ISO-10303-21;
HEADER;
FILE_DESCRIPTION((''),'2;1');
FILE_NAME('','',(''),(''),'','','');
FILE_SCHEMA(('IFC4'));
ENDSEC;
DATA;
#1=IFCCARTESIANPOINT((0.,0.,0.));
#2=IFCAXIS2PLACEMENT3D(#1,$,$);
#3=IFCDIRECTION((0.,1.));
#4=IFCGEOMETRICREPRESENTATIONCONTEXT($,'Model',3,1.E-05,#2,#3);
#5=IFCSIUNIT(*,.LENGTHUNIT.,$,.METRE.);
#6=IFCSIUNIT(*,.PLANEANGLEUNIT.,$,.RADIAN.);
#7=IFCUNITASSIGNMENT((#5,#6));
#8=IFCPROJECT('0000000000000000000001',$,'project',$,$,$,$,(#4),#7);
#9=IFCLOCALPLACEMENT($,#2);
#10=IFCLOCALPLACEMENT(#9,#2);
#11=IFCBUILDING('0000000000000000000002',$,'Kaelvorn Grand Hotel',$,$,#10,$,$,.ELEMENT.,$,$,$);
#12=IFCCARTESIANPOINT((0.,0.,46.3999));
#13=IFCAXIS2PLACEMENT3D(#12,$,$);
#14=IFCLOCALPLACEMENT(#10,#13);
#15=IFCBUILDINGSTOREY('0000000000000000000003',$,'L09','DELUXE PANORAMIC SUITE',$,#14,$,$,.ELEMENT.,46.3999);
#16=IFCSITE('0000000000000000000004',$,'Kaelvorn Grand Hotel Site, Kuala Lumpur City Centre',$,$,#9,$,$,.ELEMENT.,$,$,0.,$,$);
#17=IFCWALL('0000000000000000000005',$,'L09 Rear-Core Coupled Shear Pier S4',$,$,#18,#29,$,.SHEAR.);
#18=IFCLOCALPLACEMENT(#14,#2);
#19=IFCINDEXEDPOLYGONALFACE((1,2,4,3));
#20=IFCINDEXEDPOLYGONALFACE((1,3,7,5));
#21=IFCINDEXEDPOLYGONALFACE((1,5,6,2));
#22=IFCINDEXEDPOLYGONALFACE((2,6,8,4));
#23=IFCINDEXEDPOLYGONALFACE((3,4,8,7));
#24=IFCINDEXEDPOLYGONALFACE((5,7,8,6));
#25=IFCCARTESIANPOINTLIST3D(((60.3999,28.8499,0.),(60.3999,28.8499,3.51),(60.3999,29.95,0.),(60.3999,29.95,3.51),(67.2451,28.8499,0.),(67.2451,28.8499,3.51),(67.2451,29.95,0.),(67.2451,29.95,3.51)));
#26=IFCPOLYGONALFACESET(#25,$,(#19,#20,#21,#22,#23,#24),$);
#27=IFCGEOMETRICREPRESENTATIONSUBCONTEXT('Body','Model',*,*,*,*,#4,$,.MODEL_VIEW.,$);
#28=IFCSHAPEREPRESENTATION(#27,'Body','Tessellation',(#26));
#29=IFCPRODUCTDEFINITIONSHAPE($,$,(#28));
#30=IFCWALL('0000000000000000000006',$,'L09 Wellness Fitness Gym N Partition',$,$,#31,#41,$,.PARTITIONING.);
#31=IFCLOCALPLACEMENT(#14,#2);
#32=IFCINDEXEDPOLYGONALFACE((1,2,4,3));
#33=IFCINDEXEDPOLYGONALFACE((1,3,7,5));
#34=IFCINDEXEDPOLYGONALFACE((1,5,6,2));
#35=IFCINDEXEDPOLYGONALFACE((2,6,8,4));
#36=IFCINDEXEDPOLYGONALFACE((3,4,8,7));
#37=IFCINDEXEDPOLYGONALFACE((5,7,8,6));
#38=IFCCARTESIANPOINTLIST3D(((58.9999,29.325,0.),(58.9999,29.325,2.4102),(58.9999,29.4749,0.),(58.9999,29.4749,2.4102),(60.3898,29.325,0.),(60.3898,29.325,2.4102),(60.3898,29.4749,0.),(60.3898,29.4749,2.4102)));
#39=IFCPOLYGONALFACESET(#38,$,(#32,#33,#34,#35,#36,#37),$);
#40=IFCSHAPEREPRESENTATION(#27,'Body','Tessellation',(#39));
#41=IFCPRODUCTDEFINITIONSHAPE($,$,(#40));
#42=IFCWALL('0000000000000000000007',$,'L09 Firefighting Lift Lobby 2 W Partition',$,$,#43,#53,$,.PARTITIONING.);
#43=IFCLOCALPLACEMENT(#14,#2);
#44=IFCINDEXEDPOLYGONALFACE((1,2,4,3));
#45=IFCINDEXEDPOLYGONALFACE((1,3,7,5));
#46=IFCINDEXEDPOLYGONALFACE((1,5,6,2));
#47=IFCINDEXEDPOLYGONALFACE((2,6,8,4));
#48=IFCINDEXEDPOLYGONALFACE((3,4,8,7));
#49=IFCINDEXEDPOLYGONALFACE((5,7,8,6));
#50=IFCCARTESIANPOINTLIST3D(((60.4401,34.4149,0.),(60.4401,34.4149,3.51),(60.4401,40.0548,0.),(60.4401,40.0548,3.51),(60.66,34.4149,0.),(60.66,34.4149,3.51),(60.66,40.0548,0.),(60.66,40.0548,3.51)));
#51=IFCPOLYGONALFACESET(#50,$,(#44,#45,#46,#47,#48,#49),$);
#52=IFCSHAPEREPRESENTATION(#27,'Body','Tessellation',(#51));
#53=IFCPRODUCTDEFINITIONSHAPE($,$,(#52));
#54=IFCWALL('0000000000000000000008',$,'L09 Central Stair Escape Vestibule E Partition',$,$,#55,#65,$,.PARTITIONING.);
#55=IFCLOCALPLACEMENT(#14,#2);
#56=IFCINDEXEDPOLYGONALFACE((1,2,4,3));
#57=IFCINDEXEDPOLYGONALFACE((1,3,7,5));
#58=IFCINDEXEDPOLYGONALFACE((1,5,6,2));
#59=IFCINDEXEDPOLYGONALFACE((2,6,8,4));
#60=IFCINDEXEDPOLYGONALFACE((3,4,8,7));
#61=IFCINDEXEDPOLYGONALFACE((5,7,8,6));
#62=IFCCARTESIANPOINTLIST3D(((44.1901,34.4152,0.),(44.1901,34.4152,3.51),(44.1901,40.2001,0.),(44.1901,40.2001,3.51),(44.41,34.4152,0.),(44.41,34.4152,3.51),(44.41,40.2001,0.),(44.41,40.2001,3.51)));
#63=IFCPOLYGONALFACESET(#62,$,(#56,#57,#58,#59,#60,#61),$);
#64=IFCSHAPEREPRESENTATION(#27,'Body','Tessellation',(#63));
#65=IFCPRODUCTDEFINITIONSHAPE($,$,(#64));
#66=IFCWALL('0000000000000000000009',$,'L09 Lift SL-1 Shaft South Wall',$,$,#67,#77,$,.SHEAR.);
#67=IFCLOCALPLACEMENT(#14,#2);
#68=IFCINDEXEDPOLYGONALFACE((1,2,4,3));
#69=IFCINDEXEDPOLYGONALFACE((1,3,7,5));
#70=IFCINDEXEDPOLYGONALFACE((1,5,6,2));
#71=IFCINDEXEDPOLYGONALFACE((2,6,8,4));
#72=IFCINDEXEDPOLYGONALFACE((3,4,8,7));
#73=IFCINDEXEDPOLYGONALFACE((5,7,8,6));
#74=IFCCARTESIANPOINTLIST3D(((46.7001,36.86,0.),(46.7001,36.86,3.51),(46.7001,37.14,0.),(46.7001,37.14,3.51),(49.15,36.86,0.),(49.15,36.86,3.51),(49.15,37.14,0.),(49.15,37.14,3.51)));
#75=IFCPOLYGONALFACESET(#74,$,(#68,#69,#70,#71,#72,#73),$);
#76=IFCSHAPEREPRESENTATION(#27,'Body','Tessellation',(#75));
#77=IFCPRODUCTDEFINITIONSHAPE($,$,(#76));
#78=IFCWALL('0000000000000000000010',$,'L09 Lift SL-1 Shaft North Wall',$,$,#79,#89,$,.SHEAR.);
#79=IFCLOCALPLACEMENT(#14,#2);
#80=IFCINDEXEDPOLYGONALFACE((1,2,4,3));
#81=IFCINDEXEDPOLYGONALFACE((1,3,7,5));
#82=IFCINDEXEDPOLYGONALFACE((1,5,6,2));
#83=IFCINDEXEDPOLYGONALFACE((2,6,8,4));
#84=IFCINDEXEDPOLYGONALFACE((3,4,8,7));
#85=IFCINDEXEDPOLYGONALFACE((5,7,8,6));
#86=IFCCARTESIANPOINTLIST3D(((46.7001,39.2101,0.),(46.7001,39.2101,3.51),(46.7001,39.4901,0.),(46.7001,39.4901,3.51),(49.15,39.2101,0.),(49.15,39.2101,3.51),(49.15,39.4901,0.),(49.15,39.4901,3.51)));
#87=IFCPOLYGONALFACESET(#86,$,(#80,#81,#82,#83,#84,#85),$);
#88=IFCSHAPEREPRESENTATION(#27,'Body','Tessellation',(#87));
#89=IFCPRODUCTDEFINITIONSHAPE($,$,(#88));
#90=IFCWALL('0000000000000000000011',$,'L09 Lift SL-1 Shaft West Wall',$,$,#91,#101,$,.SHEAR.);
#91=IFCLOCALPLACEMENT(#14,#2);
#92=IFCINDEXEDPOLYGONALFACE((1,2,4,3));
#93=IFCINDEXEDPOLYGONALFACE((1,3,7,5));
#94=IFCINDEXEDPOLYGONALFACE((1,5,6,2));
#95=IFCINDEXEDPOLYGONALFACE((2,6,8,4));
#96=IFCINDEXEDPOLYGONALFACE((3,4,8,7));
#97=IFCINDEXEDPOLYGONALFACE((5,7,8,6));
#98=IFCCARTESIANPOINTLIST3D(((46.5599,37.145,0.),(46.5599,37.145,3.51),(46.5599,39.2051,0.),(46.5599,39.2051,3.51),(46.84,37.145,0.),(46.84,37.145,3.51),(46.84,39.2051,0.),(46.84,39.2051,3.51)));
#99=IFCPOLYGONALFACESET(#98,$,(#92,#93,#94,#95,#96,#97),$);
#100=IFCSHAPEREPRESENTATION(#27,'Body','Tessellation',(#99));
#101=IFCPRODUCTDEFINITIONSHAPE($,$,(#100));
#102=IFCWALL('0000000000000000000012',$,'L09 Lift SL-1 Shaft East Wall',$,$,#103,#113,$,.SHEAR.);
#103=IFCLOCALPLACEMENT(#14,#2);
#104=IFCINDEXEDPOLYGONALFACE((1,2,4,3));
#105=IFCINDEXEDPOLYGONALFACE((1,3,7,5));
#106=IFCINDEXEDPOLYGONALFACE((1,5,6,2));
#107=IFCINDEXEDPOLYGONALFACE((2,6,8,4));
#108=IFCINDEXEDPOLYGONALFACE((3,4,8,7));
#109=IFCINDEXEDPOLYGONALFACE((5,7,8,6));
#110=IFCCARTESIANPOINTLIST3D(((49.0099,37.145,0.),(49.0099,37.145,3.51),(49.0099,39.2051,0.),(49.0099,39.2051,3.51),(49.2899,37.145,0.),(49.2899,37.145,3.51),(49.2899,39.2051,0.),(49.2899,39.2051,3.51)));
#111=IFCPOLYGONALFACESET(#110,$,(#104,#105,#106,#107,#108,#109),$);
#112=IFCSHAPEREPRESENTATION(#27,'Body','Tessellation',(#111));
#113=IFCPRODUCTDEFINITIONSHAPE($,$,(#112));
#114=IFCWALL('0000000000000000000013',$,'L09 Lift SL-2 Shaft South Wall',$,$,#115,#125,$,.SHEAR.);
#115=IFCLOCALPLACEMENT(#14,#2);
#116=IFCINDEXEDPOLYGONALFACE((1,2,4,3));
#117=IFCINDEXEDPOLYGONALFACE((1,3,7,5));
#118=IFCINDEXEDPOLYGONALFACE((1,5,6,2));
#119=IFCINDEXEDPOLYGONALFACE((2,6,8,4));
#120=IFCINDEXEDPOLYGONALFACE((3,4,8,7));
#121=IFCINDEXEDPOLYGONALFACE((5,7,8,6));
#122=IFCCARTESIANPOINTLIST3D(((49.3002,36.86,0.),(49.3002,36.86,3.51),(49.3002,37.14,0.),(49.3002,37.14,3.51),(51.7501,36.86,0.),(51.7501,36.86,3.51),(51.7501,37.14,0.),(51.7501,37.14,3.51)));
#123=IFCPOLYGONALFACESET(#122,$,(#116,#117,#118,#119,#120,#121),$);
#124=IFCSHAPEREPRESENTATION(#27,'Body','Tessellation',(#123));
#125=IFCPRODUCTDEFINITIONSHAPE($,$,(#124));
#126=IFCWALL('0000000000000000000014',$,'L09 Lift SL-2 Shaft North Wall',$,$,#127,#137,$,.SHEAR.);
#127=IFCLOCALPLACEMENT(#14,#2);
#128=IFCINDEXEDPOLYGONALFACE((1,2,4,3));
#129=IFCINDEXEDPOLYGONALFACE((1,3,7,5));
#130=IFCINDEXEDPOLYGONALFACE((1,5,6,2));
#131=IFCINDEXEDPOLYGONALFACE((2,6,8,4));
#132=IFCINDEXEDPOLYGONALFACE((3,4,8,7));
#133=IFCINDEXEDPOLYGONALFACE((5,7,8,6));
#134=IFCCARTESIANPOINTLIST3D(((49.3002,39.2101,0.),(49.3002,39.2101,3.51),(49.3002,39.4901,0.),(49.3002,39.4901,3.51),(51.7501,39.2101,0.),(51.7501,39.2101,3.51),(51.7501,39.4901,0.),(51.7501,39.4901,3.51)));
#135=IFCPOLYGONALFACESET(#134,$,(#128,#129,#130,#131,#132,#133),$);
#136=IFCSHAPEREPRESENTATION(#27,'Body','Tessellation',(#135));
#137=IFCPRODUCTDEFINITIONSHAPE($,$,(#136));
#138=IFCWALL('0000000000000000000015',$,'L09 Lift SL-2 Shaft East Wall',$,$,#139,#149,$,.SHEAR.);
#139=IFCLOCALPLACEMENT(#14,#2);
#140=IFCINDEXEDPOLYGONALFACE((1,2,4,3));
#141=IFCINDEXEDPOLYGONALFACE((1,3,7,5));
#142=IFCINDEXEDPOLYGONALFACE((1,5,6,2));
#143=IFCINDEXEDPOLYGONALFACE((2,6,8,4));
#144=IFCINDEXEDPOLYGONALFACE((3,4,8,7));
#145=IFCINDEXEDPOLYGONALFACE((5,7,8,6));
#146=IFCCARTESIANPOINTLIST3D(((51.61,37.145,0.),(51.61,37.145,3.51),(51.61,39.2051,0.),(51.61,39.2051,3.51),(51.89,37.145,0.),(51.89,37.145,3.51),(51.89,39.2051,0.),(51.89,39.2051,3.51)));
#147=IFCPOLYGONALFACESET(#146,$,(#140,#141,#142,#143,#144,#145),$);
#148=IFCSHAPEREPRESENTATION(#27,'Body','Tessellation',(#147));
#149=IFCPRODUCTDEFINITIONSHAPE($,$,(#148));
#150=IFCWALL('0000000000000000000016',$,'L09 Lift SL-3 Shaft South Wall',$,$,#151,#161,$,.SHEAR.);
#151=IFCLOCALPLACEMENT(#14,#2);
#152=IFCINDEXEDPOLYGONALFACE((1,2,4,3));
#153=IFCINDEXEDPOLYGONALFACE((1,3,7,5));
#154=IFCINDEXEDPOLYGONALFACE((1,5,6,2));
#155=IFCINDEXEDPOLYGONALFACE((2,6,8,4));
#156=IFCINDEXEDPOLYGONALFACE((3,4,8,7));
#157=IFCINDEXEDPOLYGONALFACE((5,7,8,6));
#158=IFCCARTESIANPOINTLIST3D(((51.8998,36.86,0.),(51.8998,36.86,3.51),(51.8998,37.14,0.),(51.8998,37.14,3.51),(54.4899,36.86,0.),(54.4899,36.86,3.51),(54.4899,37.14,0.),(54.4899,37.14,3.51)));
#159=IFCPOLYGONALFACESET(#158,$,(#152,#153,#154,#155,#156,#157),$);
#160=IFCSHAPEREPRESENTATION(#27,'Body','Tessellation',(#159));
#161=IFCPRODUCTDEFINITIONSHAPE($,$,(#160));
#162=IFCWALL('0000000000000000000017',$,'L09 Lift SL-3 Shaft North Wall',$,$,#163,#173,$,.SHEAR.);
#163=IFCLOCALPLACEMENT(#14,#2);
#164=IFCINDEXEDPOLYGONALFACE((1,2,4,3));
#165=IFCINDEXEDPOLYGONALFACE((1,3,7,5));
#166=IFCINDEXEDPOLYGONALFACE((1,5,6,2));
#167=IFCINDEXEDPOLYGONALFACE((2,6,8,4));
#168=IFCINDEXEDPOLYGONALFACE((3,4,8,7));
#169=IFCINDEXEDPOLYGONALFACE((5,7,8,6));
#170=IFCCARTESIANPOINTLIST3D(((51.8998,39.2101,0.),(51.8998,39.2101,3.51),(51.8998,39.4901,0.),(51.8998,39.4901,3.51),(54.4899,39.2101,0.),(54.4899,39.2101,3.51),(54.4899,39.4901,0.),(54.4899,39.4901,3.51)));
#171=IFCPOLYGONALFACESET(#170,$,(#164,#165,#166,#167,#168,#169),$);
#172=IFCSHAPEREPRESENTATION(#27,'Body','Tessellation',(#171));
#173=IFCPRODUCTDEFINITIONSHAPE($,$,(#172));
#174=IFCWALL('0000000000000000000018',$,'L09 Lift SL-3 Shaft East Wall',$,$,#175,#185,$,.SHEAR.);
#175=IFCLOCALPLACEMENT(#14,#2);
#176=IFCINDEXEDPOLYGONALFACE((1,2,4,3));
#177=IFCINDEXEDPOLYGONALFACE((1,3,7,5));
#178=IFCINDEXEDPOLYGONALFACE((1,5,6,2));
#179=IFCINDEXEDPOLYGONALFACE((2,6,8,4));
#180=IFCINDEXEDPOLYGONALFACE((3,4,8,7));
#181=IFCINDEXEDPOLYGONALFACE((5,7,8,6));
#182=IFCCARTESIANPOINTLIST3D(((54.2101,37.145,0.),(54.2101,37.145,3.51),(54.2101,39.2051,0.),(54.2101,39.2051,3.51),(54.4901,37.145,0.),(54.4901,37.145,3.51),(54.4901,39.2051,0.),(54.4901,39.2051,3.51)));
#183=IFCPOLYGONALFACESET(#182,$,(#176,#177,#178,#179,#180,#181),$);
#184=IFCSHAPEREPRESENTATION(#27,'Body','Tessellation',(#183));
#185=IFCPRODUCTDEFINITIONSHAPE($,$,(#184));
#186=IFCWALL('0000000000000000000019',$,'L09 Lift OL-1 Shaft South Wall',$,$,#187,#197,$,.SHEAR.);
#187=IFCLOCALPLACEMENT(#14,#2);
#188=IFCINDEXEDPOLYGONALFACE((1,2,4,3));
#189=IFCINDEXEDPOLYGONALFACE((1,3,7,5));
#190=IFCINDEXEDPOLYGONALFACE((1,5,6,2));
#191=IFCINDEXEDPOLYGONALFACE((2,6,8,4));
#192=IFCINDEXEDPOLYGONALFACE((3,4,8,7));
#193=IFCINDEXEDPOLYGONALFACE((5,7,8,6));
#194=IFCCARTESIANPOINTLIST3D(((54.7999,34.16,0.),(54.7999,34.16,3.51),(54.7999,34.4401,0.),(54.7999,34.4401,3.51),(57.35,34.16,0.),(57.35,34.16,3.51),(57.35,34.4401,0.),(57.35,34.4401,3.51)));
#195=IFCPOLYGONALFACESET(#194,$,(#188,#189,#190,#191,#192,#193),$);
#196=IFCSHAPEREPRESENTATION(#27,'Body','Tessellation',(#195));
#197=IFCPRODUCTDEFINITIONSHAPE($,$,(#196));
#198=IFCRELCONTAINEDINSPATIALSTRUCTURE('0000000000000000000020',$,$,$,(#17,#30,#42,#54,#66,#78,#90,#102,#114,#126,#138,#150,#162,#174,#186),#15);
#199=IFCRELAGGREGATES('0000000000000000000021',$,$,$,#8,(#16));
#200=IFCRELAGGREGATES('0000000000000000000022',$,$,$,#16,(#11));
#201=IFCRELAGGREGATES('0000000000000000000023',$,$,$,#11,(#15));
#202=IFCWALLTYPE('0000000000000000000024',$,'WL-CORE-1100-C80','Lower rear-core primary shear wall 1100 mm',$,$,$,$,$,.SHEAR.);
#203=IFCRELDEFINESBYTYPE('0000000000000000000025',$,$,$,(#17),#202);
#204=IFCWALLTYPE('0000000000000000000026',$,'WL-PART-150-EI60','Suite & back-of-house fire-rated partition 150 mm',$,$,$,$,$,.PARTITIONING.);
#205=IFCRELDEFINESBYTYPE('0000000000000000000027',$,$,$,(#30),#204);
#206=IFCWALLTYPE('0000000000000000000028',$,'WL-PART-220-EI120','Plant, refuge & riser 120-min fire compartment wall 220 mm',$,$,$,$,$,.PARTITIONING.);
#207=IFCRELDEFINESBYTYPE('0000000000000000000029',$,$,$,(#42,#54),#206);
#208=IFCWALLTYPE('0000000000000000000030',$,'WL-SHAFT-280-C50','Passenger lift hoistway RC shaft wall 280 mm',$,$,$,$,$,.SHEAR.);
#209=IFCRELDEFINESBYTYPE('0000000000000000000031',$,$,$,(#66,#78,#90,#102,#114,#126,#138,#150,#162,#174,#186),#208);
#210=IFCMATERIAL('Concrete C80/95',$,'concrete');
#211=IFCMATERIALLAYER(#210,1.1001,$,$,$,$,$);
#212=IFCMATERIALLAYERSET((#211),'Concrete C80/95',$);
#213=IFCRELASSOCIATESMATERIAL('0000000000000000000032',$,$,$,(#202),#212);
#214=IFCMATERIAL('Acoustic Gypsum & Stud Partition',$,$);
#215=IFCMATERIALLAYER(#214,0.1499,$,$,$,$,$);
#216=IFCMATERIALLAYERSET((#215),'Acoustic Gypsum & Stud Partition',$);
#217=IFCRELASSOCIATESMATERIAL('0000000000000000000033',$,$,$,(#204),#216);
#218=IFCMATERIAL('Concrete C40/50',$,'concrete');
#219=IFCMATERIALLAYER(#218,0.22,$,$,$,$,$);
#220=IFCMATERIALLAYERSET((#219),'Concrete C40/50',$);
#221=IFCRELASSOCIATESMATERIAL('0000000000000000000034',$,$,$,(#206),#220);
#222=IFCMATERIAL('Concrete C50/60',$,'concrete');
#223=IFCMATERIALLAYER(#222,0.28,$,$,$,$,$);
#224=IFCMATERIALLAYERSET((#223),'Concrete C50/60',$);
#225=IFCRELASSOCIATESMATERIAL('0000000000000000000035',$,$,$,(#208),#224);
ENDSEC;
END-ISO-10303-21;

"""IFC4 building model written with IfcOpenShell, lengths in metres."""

from ifc_helpers import new_model, si_unit, direction, frame, frame_2d, origin, place, context, subcontext, project, spatial, rectangle, extrude, material, layer, layer_set, type_object, element, save


model = new_model("IFC4")

# Units and contexts
model_context = context("Model", 3, precision=1e-05, world=origin(), true_north=direction((0.0, 1.0)))
body_context = subcontext(model_context, "Body", "Model", "MODEL_VIEW")
ifc_project = project(units=[si_unit("LENGTHUNIT", "METRE"), si_unit("PLANEANGLEUNIT", "RADIAN")], contexts=[model_context])

# Site, building, storey
site_placement = place(None, origin())
site = spatial("IfcSite", under=ifc_project, at=site_placement, Name="Kaelvorn Grand Hotel Site, Kuala Lumpur City Centre", CompositionType="ELEMENT", RefElevation=0.0)
building_placement = place(site_placement, origin())
building = spatial("IfcBuilding", under=site, at=building_placement, Name="Kaelvorn Grand Hotel", CompositionType="ELEMENT")
storey_placement = place(building_placement, frame((0.0, 0.0, 46.3999)))
storey = spatial("IfcBuildingStorey", under=building, at=storey_placement, Name="L09", Description="DELUXE PANORAMIC SUITE", CompositionType="ELEMENT", Elevation=46.3999)

# Walls
ifc_material_1 = material(Name="Concrete C80/95", Category="concrete")
ifc_layer_1 = layer(ifc_material_1, 1.1001)
ifc_layer_set_1 = layer_set([ifc_layer_1], Name="Concrete C80/95")
wall_type_1 = type_object("IfcWallType", Name="WL-CORE-1100-C80", Description="Lower rear-core primary shear wall 1100 mm", PredefinedType="SHEAR", material=ifc_layer_set_1)
wall_1_placement = place(storey_placement, frame((60.3999, 29.3999, 0.0), z_axis=(0.0, 0.0, 1.0), x_axis=(1.0, 0.0, 0.0)))
element("IfcWall", 1, at=wall_1_placement, inside=storey, type_object=wall_type_1, Name="L09 Rear-Core Coupled Shear Pier S4", PredefinedType="SHEAR", context=body_context, shape_type="SweptSolid", body=[
    extrude(rectangle(XDim=6.8452, YDim=1.1001, at=frame_2d((3.4226, 0.0))), origin(), (0.0, 0.0, 1.0), 3.51),
])
ifc_material_2 = material(Name="Acoustic Gypsum & Stud Partition")
ifc_layer_2 = layer(ifc_material_2, 0.1499)
ifc_layer_set_2 = layer_set([ifc_layer_2], Name="Acoustic Gypsum & Stud Partition")
wall_type_2 = type_object("IfcWallType", Name="WL-PART-150-EI60", Description="Suite & back-of-house fire-rated partition 150 mm", PredefinedType="PARTITIONING", material=ifc_layer_set_2)
wall_2_placement = place(storey_placement, frame((59.0, 29.3999, 0.0), z_axis=(0.0, 0.0, 1.0), x_axis=(1.0, 0.0, 0.0)))
element("IfcWall", 2, at=wall_2_placement, inside=storey, type_object=wall_type_2, Name="L09 Wellness Fitness Gym N Partition", PredefinedType="PARTITIONING", context=body_context, shape_type="SweptSolid", body=[
    extrude(rectangle(XDim=1.3899, YDim=0.1499, at=frame_2d((0.6948, 0.0))), origin(), (0.0, 0.0, 1.0), 2.4102),
])

# Shared definitions
ifc_material_3 = material(Name="Concrete C40/50", Category="concrete")
ifc_layer_3 = layer(ifc_material_3, 0.22)
ifc_layer_set_3 = layer_set([ifc_layer_3], Name="Concrete C40/50")
wall_type_3 = type_object("IfcWallType", Name="WL-PART-220-EI120", Description="Plant, refuge & riser 120-min fire compartment wall 220 mm", PredefinedType="PARTITIONING", material=ifc_layer_set_3)

# Walls
wall_3_placement = place(storey_placement, frame((60.55, 34.415, 0.0), z_axis=(0.0, 0.0, 1.0), x_axis=(0.0, 1.0, 0.0)))
element("IfcWall", 3, at=wall_3_placement, inside=storey, type_object=wall_type_3, Name="L09 Firefighting Lift Lobby 2 W Partition", PredefinedType="PARTITIONING", context=body_context, shape_type="SweptSolid", body=[
    extrude(rectangle(XDim=5.6399, YDim=0.22, at=frame_2d((2.8198, 0.0))), origin(), (0.0, 0.0, 1.0), 3.51),
])
wall_4_placement = place(storey_placement, frame((44.3, 34.415, 0.0), z_axis=(0.0, 0.0, 1.0), x_axis=(0.0, 1.0, 0.0)))
element("IfcWall", 4, at=wall_4_placement, inside=storey, type_object=wall_type_3, Name="L09 Central Stair Escape Vestibule E Partition", PredefinedType="PARTITIONING", context=body_context, shape_type="SweptSolid", body=[
    extrude(rectangle(XDim=5.7849, YDim=0.22, at=frame_2d((2.8926, 0.0))), origin(), (0.0, 0.0, 1.0), 3.51),
])
ifc_material_4 = material(Name="Concrete C50/60", Category="concrete")
ifc_layer_4 = layer(ifc_material_4, 0.28)
ifc_layer_set_4 = layer_set([ifc_layer_4], Name="Concrete C50/60")
wall_type_4 = type_object("IfcWallType", Name="WL-SHAFT-280-C50", Description="Passenger lift hoistway RC shaft wall 280 mm", PredefinedType="SHEAR", material=ifc_layer_set_4)
for number, where, z_axis, x_axis, name in (
    (5, (46.7, 37.0, 0.0), (0.0, 0.0, 1.0), (1.0, 0.0, 0.0), "L09 Lift SL-1 Shaft South Wall"),
    (6, (46.7, 39.3501, 0.0), (0.0, 0.0, 1.0), (1.0, 0.0, 0.0), "L09 Lift SL-1 Shaft North Wall"),
):
    element("IfcWall", number, at=place(storey_placement, frame(where, z_axis=z_axis, x_axis=x_axis)), inside=storey, type_object=wall_type_4, Name=name, PredefinedType="SHEAR", context=body_context, shape_type="SweptSolid", body=[
        extrude(rectangle(XDim=2.45, YDim=0.28, at=frame_2d((1.2251, 0.0))), origin(), (0.0, 0.0, 1.0), 3.51),
    ])
for number, where, z_axis, x_axis, name in (
    (7, (46.7, 37.145, 0.0), (0.0, 0.0, 1.0), (0.0, 1.0, 0.0), "L09 Lift SL-1 Shaft West Wall"),
    (8, (49.1499, 37.145, 0.0), (0.0, 0.0, 1.0), (0.0, 1.0, 0.0), "L09 Lift SL-1 Shaft East Wall"),
):
    element("IfcWall", number, at=place(storey_placement, frame(where, z_axis=z_axis, x_axis=x_axis)), inside=storey, type_object=wall_type_4, Name=name, PredefinedType="SHEAR", context=body_context, shape_type="SweptSolid", body=[
        extrude(rectangle(XDim=2.0601, YDim=0.28, at=frame_2d((1.03, 0.0))), origin(), (0.0, 0.0, 1.0), 3.51),
    ])
for number, where, z_axis, x_axis, name in (
    (9, (49.3, 37.0, 0.0), (0.0, 0.0, 1.0), (1.0, 0.0, 0.0), "L09 Lift SL-2 Shaft South Wall"),
    (10, (49.3, 39.3501, 0.0), (0.0, 0.0, 1.0), (1.0, 0.0, 0.0), "L09 Lift SL-2 Shaft North Wall"),
):
    element("IfcWall", number, at=place(storey_placement, frame(where, z_axis=z_axis, x_axis=x_axis)), inside=storey, type_object=wall_type_4, Name=name, PredefinedType="SHEAR", context=body_context, shape_type="SweptSolid", body=[
        extrude(rectangle(XDim=2.45, YDim=0.28, at=frame_2d((1.2251, 0.0))), origin(), (0.0, 0.0, 1.0), 3.51),
    ])
wall_5_placement = place(storey_placement, frame((51.75, 37.145, 0.0), z_axis=(0.0, 0.0, 1.0), x_axis=(0.0, 1.0, 0.0)))
element("IfcWall", 11, at=wall_5_placement, inside=storey, type_object=wall_type_4, Name="L09 Lift SL-2 Shaft East Wall", PredefinedType="SHEAR", context=body_context, shape_type="SweptSolid", body=[
    extrude(rectangle(XDim=2.0601, YDim=0.28, at=frame_2d((1.03, 0.0))), origin(), (0.0, 0.0, 1.0), 3.51),
])
for number, where, z_axis, x_axis, name in (
    (12, (51.8999, 37.0, 0.0), (0.0, 0.0, 1.0), (1.0, 0.0, 0.0), "L09 Lift SL-3 Shaft South Wall"),
    (13, (51.8999, 39.3501, 0.0), (0.0, 0.0, 1.0), (1.0, 0.0, 0.0), "L09 Lift SL-3 Shaft North Wall"),
):
    element("IfcWall", number, at=place(storey_placement, frame(where, z_axis=z_axis, x_axis=x_axis)), inside=storey, type_object=wall_type_4, Name=name, PredefinedType="SHEAR", context=body_context, shape_type="SweptSolid", body=[
        extrude(rectangle(XDim=2.5901, YDim=0.28, at=frame_2d((1.2949, 0.0))), origin(), (0.0, 0.0, 1.0), 3.51),
    ])
wall_6_placement = place(storey_placement, frame((54.3501, 37.145, 0.0), z_axis=(0.0, 0.0, 1.0), x_axis=(0.0, 1.0, 0.0)))
element("IfcWall", 14, at=wall_6_placement, inside=storey, type_object=wall_type_4, Name="L09 Lift SL-3 Shaft East Wall", PredefinedType="SHEAR", context=body_context, shape_type="SweptSolid", body=[
    extrude(rectangle(XDim=2.0601, YDim=0.28, at=frame_2d((1.03, 0.0))), origin(), (0.0, 0.0, 1.0), 3.51),
])
for number, where, z_axis, x_axis, name in (
    (15, (54.8, 34.3, 0.0), (0.0, 0.0, 1.0), (1.0, 0.0, 0.0), "L09 Lift OL-1 Shaft South Wall"),
):
    element("IfcWall", number, at=place(storey_placement, frame(where, z_axis=z_axis, x_axis=x_axis)), inside=storey, type_object=wall_type_4, Name=name, PredefinedType="SHEAR", context=body_context, shape_type="SweptSolid", body=[
        extrude(rectangle(XDim=2.55, YDim=0.28, at=frame_2d((1.2749, 0.0))), origin(), (0.0, 0.0, 1.0), 3.51),
    ])

save(model, "model.ifc")
